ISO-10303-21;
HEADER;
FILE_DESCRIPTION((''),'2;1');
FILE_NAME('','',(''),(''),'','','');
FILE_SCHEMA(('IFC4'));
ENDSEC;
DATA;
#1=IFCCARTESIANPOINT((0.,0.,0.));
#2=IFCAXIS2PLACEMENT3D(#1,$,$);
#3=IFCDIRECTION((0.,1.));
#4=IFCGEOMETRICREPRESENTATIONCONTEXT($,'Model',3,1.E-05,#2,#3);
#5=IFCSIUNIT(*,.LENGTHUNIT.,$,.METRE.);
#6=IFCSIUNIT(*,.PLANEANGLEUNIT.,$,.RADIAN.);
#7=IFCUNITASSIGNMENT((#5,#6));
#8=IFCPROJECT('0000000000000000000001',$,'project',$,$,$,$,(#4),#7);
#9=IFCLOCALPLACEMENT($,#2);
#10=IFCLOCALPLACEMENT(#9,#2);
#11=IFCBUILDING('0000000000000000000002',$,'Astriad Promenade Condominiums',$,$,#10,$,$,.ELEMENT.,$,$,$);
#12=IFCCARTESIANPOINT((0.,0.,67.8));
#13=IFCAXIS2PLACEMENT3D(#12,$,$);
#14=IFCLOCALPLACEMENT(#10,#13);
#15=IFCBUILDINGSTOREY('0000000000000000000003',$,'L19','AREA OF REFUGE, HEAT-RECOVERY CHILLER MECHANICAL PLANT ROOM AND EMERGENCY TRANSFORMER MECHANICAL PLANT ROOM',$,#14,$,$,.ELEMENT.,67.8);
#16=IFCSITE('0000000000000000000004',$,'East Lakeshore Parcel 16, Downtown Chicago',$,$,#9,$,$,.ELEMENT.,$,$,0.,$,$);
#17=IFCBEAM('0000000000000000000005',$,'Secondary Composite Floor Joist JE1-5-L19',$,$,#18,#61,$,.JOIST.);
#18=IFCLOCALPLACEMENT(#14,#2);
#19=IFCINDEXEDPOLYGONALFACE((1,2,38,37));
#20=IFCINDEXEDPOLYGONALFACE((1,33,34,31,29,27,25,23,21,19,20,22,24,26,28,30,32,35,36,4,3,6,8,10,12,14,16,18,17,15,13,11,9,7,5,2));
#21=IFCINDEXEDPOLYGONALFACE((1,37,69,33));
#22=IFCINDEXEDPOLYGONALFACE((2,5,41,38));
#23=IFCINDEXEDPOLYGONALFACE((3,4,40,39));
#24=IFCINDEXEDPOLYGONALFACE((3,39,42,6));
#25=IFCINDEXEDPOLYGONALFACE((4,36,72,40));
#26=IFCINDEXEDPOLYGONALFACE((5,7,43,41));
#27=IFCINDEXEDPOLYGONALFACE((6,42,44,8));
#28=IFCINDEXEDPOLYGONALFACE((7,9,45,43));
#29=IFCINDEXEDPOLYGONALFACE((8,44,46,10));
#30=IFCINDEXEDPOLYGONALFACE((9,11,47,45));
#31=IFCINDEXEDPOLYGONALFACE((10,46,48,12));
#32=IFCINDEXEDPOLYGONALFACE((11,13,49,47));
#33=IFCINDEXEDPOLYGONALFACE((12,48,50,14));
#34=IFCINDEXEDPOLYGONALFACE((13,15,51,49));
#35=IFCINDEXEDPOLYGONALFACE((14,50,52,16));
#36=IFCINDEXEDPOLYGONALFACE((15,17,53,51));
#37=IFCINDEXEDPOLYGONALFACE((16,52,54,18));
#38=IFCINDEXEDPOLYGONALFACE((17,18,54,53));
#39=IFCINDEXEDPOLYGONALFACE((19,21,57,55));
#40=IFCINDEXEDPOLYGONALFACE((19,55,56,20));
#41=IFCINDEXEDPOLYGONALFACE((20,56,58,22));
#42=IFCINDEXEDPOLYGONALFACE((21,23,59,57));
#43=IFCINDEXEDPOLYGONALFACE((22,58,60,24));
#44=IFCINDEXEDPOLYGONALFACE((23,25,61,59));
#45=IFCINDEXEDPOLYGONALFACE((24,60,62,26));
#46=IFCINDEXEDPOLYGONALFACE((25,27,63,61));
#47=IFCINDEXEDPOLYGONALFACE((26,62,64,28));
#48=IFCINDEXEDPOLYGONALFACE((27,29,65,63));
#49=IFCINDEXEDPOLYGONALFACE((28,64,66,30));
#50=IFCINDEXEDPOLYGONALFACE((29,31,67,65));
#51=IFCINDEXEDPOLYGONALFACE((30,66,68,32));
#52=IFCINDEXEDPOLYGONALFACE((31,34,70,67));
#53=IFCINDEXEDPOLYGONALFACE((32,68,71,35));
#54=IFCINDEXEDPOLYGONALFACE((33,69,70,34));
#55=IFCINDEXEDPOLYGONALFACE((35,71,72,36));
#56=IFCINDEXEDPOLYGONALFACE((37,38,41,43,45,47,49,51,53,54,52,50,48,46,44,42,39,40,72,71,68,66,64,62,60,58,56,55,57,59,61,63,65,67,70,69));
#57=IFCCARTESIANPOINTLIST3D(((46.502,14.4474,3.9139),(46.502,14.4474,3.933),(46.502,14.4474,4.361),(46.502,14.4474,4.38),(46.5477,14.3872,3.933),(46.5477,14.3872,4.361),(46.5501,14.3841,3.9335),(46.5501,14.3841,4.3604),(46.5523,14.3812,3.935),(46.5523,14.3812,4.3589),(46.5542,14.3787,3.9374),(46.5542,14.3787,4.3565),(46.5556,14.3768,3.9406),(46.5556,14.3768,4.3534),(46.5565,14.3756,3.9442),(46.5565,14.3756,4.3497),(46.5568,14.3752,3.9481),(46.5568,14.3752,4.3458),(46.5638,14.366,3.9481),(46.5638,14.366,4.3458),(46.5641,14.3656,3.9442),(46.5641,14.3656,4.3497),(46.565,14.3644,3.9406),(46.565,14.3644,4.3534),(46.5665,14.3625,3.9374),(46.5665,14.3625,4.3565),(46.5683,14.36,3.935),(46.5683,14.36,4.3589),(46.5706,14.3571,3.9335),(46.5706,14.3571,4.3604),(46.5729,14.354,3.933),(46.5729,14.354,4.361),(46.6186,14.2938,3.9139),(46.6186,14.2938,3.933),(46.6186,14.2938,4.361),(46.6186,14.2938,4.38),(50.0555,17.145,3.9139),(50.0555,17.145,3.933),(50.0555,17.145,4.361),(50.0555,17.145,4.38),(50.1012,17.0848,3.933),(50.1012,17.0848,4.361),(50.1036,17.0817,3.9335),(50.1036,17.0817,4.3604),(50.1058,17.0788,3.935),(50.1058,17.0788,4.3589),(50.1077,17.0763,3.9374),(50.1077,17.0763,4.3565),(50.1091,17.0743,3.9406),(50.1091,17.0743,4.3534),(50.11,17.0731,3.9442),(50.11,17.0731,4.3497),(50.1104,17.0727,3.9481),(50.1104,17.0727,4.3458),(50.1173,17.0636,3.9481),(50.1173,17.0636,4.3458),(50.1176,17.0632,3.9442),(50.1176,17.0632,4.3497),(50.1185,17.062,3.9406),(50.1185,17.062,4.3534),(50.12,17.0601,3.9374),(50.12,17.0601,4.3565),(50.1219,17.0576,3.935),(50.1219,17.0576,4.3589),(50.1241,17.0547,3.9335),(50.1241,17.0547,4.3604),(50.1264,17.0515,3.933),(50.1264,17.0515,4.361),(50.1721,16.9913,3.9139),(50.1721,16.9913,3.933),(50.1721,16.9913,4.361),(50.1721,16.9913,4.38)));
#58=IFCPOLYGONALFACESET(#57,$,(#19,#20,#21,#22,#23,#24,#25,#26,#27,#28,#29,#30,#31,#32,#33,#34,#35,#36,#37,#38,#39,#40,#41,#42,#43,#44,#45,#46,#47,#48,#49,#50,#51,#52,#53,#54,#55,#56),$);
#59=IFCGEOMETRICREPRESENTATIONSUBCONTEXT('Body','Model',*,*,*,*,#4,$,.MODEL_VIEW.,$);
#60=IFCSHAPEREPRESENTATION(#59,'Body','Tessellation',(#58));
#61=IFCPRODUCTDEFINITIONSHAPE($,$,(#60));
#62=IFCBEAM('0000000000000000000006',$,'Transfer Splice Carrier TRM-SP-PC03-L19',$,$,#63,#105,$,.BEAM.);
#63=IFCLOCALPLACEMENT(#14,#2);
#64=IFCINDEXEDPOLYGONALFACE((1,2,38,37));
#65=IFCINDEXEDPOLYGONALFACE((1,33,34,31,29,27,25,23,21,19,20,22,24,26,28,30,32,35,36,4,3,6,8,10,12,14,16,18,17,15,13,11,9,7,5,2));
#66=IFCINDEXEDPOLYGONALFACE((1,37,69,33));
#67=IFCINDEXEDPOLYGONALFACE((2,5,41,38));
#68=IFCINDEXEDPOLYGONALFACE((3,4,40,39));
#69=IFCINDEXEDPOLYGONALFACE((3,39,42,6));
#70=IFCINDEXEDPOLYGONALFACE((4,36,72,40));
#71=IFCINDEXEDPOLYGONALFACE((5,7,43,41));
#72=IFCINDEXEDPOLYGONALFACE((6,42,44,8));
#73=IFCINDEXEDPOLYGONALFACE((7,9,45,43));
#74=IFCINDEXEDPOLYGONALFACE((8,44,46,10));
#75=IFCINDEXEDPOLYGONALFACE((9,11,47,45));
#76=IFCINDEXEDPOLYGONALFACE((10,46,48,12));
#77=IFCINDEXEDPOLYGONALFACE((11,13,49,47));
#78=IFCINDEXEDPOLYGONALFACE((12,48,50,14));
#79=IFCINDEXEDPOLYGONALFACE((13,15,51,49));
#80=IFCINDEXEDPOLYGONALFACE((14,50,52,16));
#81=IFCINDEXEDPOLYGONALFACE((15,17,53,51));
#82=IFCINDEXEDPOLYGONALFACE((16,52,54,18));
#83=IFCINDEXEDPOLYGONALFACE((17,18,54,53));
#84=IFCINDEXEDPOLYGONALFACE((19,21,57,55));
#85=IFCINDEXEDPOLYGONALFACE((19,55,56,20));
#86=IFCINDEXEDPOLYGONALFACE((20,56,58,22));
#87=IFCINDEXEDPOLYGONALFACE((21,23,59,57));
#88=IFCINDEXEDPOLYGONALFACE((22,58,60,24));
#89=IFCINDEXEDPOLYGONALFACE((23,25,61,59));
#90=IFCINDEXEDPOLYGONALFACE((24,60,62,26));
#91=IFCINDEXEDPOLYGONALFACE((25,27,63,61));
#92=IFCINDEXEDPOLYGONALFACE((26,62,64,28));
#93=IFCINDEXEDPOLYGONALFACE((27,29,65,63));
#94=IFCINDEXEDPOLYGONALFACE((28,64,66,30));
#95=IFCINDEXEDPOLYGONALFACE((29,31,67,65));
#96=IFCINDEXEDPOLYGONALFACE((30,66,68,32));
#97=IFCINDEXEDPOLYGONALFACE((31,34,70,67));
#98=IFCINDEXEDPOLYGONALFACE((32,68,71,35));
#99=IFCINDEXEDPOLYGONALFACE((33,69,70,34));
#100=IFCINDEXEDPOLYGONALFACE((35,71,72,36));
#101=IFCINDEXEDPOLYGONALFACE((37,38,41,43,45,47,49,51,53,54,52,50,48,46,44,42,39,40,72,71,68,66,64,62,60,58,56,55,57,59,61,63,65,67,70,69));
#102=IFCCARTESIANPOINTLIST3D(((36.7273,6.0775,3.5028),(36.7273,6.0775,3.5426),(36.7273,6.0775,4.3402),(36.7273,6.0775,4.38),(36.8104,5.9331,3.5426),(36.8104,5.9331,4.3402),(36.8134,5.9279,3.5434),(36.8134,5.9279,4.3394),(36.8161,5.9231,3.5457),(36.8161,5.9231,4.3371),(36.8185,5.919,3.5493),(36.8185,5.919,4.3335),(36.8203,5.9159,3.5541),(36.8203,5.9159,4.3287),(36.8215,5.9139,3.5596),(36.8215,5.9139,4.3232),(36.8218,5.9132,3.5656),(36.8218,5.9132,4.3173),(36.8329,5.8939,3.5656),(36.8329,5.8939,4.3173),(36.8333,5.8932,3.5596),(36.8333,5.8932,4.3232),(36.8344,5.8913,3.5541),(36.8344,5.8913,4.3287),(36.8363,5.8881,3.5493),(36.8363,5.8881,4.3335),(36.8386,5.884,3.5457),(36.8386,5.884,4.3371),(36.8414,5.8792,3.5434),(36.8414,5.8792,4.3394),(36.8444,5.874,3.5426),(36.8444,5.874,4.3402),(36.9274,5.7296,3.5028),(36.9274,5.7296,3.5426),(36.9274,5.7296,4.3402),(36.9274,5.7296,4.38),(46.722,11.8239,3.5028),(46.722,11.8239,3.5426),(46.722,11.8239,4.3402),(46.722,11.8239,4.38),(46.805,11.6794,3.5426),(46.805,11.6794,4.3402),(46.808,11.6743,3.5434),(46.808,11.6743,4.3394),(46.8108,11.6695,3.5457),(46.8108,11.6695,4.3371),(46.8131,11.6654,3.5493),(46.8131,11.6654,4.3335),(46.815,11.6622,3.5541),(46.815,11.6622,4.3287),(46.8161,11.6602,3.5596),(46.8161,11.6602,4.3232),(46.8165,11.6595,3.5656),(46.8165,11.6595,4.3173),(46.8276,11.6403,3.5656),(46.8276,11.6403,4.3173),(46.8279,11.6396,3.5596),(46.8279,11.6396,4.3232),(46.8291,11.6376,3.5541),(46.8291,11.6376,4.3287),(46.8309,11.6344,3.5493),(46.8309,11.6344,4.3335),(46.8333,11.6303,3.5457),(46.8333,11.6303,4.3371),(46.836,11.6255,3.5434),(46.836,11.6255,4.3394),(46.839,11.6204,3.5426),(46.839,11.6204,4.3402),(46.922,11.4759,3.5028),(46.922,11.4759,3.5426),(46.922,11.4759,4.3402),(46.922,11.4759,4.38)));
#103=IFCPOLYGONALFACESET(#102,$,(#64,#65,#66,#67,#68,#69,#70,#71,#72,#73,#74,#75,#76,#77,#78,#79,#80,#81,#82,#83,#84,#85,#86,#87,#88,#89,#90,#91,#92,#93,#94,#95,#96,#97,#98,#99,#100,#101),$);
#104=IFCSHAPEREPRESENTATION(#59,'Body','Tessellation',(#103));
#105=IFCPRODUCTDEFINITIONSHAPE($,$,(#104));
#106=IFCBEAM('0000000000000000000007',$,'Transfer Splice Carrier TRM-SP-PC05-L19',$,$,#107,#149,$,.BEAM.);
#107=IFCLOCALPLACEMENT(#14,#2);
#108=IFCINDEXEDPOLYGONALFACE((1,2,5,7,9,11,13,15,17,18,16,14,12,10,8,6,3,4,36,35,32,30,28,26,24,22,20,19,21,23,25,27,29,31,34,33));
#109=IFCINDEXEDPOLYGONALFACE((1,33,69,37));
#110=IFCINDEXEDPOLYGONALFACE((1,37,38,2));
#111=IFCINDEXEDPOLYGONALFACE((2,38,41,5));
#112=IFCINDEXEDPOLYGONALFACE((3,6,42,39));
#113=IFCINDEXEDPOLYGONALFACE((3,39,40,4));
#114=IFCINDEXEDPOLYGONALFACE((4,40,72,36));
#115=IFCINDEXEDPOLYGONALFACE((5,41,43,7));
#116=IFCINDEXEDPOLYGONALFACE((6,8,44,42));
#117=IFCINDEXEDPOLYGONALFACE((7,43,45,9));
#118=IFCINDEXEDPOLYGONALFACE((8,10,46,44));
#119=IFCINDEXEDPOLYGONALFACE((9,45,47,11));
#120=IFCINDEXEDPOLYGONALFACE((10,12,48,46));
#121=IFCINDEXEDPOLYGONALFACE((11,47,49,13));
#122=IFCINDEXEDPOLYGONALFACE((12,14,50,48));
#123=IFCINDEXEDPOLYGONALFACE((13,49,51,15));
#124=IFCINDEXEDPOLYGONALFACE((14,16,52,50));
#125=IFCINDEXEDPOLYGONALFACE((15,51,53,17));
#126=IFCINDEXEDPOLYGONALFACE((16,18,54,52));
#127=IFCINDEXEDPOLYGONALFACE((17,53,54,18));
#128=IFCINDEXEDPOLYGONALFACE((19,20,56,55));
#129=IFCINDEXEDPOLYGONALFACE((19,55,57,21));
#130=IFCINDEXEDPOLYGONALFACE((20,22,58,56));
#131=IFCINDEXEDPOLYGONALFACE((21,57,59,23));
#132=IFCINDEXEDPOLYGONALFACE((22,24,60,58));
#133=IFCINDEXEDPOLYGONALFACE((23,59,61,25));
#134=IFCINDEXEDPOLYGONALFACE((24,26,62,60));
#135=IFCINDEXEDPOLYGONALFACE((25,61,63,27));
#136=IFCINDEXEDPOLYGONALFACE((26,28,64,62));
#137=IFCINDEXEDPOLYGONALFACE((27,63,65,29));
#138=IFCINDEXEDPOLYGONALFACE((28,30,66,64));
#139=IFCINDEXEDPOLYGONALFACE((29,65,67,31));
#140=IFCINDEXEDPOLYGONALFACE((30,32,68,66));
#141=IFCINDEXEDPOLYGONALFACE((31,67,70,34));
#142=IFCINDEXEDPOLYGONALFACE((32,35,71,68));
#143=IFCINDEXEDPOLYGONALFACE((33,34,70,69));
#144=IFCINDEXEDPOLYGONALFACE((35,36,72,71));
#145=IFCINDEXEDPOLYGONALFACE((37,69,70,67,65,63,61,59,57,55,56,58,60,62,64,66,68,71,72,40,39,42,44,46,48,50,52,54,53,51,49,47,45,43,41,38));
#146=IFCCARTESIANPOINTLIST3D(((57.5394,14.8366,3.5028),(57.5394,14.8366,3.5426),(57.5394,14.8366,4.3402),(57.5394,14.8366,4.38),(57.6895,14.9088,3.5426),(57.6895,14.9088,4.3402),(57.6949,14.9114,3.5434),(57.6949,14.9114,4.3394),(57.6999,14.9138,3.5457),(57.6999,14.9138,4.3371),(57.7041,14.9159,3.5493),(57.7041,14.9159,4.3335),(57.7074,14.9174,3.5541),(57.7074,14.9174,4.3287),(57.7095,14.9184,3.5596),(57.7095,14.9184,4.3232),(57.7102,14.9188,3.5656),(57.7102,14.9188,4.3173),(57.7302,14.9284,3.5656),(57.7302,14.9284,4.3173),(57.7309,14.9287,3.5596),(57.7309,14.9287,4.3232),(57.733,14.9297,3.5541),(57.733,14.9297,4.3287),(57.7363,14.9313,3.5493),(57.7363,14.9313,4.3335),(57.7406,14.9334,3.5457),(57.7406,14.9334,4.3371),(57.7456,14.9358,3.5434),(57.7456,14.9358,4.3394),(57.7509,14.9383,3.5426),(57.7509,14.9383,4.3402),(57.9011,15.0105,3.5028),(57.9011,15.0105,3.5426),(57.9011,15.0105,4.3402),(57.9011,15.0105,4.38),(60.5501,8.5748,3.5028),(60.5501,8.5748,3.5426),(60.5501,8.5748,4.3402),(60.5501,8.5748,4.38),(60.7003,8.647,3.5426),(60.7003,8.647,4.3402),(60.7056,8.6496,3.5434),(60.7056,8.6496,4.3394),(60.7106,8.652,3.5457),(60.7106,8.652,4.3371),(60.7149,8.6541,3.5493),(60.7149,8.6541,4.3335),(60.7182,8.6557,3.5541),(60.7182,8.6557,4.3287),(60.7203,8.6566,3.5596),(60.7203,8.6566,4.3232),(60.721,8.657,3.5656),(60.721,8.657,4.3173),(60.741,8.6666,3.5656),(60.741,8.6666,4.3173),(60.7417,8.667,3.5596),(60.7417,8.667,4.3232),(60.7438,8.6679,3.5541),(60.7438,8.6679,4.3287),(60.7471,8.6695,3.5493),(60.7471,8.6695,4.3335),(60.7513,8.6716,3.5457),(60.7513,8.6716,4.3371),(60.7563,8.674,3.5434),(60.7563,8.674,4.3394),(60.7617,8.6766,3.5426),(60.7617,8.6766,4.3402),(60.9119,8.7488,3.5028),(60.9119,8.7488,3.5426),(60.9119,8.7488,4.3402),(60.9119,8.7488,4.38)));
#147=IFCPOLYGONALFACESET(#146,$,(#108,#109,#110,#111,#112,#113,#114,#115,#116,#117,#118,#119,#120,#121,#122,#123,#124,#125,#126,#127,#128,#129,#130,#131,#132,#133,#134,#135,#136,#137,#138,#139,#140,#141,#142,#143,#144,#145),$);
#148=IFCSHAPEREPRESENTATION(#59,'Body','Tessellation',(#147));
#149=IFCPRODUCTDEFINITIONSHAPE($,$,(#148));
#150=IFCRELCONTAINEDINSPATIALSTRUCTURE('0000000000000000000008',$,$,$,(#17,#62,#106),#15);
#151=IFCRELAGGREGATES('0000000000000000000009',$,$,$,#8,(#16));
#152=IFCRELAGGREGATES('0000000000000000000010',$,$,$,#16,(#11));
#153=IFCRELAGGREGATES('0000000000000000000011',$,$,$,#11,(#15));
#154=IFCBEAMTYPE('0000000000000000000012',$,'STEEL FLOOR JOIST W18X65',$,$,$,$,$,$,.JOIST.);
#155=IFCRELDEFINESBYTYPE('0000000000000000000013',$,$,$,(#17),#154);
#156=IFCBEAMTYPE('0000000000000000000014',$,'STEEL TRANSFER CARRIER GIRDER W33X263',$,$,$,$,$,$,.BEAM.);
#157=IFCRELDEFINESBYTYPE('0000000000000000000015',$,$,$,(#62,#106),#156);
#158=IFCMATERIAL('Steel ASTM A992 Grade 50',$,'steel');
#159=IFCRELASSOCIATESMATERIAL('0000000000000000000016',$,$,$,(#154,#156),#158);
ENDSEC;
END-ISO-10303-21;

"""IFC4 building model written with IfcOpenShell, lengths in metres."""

from ifc_helpers import new_model, si_unit, direction, frame, origin, origin_2d, place, context, subcontext, project, spatial, i_section, extrude, source, transform, mapped, material, material_profile, profile_set, type_object, type_shapes, element, save


model = new_model("IFC4")

# Units and contexts
model_context = context("Model", 3, precision=1e-05, world=origin(), true_north=direction((0.0, 1.0)))
body_context = subcontext(model_context, "Body", "Model", "MODEL_VIEW")
ifc_project = project(units=[si_unit("LENGTHUNIT", "METRE"), si_unit("PLANEANGLEUNIT", "RADIAN")], contexts=[model_context])

# Site, building, storey
site_placement = place(None, origin())
site = spatial("IfcSite", under=ifc_project, at=site_placement, Name="East Lakeshore Parcel 16, Downtown Chicago", CompositionType="ELEMENT", RefElevation=0.0)
building_placement = place(site_placement, origin())
building = spatial("IfcBuilding", under=site, at=building_placement, Name="Astriad Promenade Condominiums", CompositionType="ELEMENT")
storey_placement = place(building_placement, frame((0.0, 0.0, 67.8)))
storey = spatial("IfcBuildingStorey", under=building, at=storey_placement, Name="L19", Description="AREA OF REFUGE, HEAT-RECOVERY CHILLER MECHANICAL PLANT ROOM AND EMERGENCY TRANSFORMER MECHANICAL PLANT ROOM", CompositionType="ELEMENT", Elevation=67.8)

# Shared definitions
ifc_material_1 = material(Name="Steel ASTM A992 Grade 50", Category="steel")

# Beams
ifc_material_profile_1 = material_profile(ifc_material_1, i_section(OverallWidth=0.1929, OverallDepth=0.4661, WebThickness=0.0115, FlangeThickness=0.019, FilletRadius=0.0151, at=origin_2d()), Name="W18X65")
ifc_profile_set_1 = profile_set([ifc_material_profile_1], Name="Steel ASTM A992 Grade 50")
beam_type_1 = type_object("IfcBeamType", Name="STEEL FLOOR JOIST W18X65", PredefinedType="JOIST", material=ifc_profile_set_1)
shared_shape_1 = source(origin(), body_context, "Body", "SweptSolid", [
    extrude(i_section(OverallWidth=0.1929, OverallDepth=0.4661, WebThickness=0.0115, FlangeThickness=0.019, FilletRadius=0.0151, at=origin_2d()), origin(), (0.0, 0.0, 1.0), 4.4614),
])
beam_1_placement = place(storey_placement, frame((46.5603, 14.3706, 4.147), z_axis=(0.7965, 0.604639, 0.0), x_axis=(-0.604639, 0.7965, 0.0)))
element("IfcBeam", 1, at=beam_1_placement, inside=storey, type_object=beam_type_1, Name="Secondary Composite Floor Joist JE1-5-L19", PredefinedType="JOIST", context=body_context, shape_type="MappedRepresentation", body=[
    mapped(shared_shape_1, transform((0.0, 0.0, 0.0), scale=1.0)),
])
ifc_material_profile_2 = material_profile(ifc_material_1, i_section(OverallWidth=0.4014, OverallDepth=0.8772, WebThickness=0.0222, FlangeThickness=0.0398, FilletRadius=0.0229, at=origin_2d()), Name="W33X263")
ifc_profile_set_2 = profile_set([ifc_material_profile_2], Name="Steel ASTM A992 Grade 50")
beam_type_2 = type_object("IfcBeamType", Name="STEEL TRANSFER CARRIER GIRDER W33X263", PredefinedType="BEAM", material=ifc_profile_set_2)
shared_shape_2 = source(origin(), body_context, "Body", "SweptSolid", [
    extrude(i_section(OverallWidth=0.4014, OverallDepth=0.8772, WebThickness=0.0222, FlangeThickness=0.0398, FilletRadius=0.0229, at=origin_2d()), origin(), (0.0, 0.0, 1.0), 11.5288),
])
beam_2_placement = place(storey_placement, frame((46.822, 11.6499, 3.9414), z_axis=(-0.866928, -0.498434, 0.0), x_axis=(0.498434, -0.866928, 0.0)))
element("IfcBeam", 2, at=beam_2_placement, inside=storey, type_object=beam_type_2, Name="Transfer Splice Carrier TRM-SP-PC03-L19", PredefinedType="BEAM", context=body_context, shape_type="MappedRepresentation", body=[
    mapped(shared_shape_2, transform((0.0, 0.0, 0.0), scale=1.0)),
])
shared_shape_3 = source(origin(), body_context, "Body", "SweptSolid", [
    extrude(i_section(OverallWidth=0.4014, OverallDepth=0.8772, WebThickness=0.0222, FlangeThickness=0.0398, FilletRadius=0.0229, at=origin_2d()), origin(), (0.0, 0.0, 1.0), 6.948),
])
type_shapes(beam_type_2, [shared_shape_2, shared_shape_3])
beam_3_placement = place(storey_placement, frame((57.7202, 14.9236, 3.9414), z_axis=(0.43333, -0.901236, 0.0), x_axis=(0.901236, 0.43333, 0.0)))
element("IfcBeam", 3, at=beam_3_placement, inside=storey, type_object=beam_type_2, Name="Transfer Splice Carrier TRM-SP-PC05-L19", PredefinedType="BEAM", context=body_context, shape_type="MappedRepresentation", body=[
    mapped(shared_shape_3, transform((0.0, 0.0, 0.0), scale=1.0)),
])

save(model, "model.ifc")
